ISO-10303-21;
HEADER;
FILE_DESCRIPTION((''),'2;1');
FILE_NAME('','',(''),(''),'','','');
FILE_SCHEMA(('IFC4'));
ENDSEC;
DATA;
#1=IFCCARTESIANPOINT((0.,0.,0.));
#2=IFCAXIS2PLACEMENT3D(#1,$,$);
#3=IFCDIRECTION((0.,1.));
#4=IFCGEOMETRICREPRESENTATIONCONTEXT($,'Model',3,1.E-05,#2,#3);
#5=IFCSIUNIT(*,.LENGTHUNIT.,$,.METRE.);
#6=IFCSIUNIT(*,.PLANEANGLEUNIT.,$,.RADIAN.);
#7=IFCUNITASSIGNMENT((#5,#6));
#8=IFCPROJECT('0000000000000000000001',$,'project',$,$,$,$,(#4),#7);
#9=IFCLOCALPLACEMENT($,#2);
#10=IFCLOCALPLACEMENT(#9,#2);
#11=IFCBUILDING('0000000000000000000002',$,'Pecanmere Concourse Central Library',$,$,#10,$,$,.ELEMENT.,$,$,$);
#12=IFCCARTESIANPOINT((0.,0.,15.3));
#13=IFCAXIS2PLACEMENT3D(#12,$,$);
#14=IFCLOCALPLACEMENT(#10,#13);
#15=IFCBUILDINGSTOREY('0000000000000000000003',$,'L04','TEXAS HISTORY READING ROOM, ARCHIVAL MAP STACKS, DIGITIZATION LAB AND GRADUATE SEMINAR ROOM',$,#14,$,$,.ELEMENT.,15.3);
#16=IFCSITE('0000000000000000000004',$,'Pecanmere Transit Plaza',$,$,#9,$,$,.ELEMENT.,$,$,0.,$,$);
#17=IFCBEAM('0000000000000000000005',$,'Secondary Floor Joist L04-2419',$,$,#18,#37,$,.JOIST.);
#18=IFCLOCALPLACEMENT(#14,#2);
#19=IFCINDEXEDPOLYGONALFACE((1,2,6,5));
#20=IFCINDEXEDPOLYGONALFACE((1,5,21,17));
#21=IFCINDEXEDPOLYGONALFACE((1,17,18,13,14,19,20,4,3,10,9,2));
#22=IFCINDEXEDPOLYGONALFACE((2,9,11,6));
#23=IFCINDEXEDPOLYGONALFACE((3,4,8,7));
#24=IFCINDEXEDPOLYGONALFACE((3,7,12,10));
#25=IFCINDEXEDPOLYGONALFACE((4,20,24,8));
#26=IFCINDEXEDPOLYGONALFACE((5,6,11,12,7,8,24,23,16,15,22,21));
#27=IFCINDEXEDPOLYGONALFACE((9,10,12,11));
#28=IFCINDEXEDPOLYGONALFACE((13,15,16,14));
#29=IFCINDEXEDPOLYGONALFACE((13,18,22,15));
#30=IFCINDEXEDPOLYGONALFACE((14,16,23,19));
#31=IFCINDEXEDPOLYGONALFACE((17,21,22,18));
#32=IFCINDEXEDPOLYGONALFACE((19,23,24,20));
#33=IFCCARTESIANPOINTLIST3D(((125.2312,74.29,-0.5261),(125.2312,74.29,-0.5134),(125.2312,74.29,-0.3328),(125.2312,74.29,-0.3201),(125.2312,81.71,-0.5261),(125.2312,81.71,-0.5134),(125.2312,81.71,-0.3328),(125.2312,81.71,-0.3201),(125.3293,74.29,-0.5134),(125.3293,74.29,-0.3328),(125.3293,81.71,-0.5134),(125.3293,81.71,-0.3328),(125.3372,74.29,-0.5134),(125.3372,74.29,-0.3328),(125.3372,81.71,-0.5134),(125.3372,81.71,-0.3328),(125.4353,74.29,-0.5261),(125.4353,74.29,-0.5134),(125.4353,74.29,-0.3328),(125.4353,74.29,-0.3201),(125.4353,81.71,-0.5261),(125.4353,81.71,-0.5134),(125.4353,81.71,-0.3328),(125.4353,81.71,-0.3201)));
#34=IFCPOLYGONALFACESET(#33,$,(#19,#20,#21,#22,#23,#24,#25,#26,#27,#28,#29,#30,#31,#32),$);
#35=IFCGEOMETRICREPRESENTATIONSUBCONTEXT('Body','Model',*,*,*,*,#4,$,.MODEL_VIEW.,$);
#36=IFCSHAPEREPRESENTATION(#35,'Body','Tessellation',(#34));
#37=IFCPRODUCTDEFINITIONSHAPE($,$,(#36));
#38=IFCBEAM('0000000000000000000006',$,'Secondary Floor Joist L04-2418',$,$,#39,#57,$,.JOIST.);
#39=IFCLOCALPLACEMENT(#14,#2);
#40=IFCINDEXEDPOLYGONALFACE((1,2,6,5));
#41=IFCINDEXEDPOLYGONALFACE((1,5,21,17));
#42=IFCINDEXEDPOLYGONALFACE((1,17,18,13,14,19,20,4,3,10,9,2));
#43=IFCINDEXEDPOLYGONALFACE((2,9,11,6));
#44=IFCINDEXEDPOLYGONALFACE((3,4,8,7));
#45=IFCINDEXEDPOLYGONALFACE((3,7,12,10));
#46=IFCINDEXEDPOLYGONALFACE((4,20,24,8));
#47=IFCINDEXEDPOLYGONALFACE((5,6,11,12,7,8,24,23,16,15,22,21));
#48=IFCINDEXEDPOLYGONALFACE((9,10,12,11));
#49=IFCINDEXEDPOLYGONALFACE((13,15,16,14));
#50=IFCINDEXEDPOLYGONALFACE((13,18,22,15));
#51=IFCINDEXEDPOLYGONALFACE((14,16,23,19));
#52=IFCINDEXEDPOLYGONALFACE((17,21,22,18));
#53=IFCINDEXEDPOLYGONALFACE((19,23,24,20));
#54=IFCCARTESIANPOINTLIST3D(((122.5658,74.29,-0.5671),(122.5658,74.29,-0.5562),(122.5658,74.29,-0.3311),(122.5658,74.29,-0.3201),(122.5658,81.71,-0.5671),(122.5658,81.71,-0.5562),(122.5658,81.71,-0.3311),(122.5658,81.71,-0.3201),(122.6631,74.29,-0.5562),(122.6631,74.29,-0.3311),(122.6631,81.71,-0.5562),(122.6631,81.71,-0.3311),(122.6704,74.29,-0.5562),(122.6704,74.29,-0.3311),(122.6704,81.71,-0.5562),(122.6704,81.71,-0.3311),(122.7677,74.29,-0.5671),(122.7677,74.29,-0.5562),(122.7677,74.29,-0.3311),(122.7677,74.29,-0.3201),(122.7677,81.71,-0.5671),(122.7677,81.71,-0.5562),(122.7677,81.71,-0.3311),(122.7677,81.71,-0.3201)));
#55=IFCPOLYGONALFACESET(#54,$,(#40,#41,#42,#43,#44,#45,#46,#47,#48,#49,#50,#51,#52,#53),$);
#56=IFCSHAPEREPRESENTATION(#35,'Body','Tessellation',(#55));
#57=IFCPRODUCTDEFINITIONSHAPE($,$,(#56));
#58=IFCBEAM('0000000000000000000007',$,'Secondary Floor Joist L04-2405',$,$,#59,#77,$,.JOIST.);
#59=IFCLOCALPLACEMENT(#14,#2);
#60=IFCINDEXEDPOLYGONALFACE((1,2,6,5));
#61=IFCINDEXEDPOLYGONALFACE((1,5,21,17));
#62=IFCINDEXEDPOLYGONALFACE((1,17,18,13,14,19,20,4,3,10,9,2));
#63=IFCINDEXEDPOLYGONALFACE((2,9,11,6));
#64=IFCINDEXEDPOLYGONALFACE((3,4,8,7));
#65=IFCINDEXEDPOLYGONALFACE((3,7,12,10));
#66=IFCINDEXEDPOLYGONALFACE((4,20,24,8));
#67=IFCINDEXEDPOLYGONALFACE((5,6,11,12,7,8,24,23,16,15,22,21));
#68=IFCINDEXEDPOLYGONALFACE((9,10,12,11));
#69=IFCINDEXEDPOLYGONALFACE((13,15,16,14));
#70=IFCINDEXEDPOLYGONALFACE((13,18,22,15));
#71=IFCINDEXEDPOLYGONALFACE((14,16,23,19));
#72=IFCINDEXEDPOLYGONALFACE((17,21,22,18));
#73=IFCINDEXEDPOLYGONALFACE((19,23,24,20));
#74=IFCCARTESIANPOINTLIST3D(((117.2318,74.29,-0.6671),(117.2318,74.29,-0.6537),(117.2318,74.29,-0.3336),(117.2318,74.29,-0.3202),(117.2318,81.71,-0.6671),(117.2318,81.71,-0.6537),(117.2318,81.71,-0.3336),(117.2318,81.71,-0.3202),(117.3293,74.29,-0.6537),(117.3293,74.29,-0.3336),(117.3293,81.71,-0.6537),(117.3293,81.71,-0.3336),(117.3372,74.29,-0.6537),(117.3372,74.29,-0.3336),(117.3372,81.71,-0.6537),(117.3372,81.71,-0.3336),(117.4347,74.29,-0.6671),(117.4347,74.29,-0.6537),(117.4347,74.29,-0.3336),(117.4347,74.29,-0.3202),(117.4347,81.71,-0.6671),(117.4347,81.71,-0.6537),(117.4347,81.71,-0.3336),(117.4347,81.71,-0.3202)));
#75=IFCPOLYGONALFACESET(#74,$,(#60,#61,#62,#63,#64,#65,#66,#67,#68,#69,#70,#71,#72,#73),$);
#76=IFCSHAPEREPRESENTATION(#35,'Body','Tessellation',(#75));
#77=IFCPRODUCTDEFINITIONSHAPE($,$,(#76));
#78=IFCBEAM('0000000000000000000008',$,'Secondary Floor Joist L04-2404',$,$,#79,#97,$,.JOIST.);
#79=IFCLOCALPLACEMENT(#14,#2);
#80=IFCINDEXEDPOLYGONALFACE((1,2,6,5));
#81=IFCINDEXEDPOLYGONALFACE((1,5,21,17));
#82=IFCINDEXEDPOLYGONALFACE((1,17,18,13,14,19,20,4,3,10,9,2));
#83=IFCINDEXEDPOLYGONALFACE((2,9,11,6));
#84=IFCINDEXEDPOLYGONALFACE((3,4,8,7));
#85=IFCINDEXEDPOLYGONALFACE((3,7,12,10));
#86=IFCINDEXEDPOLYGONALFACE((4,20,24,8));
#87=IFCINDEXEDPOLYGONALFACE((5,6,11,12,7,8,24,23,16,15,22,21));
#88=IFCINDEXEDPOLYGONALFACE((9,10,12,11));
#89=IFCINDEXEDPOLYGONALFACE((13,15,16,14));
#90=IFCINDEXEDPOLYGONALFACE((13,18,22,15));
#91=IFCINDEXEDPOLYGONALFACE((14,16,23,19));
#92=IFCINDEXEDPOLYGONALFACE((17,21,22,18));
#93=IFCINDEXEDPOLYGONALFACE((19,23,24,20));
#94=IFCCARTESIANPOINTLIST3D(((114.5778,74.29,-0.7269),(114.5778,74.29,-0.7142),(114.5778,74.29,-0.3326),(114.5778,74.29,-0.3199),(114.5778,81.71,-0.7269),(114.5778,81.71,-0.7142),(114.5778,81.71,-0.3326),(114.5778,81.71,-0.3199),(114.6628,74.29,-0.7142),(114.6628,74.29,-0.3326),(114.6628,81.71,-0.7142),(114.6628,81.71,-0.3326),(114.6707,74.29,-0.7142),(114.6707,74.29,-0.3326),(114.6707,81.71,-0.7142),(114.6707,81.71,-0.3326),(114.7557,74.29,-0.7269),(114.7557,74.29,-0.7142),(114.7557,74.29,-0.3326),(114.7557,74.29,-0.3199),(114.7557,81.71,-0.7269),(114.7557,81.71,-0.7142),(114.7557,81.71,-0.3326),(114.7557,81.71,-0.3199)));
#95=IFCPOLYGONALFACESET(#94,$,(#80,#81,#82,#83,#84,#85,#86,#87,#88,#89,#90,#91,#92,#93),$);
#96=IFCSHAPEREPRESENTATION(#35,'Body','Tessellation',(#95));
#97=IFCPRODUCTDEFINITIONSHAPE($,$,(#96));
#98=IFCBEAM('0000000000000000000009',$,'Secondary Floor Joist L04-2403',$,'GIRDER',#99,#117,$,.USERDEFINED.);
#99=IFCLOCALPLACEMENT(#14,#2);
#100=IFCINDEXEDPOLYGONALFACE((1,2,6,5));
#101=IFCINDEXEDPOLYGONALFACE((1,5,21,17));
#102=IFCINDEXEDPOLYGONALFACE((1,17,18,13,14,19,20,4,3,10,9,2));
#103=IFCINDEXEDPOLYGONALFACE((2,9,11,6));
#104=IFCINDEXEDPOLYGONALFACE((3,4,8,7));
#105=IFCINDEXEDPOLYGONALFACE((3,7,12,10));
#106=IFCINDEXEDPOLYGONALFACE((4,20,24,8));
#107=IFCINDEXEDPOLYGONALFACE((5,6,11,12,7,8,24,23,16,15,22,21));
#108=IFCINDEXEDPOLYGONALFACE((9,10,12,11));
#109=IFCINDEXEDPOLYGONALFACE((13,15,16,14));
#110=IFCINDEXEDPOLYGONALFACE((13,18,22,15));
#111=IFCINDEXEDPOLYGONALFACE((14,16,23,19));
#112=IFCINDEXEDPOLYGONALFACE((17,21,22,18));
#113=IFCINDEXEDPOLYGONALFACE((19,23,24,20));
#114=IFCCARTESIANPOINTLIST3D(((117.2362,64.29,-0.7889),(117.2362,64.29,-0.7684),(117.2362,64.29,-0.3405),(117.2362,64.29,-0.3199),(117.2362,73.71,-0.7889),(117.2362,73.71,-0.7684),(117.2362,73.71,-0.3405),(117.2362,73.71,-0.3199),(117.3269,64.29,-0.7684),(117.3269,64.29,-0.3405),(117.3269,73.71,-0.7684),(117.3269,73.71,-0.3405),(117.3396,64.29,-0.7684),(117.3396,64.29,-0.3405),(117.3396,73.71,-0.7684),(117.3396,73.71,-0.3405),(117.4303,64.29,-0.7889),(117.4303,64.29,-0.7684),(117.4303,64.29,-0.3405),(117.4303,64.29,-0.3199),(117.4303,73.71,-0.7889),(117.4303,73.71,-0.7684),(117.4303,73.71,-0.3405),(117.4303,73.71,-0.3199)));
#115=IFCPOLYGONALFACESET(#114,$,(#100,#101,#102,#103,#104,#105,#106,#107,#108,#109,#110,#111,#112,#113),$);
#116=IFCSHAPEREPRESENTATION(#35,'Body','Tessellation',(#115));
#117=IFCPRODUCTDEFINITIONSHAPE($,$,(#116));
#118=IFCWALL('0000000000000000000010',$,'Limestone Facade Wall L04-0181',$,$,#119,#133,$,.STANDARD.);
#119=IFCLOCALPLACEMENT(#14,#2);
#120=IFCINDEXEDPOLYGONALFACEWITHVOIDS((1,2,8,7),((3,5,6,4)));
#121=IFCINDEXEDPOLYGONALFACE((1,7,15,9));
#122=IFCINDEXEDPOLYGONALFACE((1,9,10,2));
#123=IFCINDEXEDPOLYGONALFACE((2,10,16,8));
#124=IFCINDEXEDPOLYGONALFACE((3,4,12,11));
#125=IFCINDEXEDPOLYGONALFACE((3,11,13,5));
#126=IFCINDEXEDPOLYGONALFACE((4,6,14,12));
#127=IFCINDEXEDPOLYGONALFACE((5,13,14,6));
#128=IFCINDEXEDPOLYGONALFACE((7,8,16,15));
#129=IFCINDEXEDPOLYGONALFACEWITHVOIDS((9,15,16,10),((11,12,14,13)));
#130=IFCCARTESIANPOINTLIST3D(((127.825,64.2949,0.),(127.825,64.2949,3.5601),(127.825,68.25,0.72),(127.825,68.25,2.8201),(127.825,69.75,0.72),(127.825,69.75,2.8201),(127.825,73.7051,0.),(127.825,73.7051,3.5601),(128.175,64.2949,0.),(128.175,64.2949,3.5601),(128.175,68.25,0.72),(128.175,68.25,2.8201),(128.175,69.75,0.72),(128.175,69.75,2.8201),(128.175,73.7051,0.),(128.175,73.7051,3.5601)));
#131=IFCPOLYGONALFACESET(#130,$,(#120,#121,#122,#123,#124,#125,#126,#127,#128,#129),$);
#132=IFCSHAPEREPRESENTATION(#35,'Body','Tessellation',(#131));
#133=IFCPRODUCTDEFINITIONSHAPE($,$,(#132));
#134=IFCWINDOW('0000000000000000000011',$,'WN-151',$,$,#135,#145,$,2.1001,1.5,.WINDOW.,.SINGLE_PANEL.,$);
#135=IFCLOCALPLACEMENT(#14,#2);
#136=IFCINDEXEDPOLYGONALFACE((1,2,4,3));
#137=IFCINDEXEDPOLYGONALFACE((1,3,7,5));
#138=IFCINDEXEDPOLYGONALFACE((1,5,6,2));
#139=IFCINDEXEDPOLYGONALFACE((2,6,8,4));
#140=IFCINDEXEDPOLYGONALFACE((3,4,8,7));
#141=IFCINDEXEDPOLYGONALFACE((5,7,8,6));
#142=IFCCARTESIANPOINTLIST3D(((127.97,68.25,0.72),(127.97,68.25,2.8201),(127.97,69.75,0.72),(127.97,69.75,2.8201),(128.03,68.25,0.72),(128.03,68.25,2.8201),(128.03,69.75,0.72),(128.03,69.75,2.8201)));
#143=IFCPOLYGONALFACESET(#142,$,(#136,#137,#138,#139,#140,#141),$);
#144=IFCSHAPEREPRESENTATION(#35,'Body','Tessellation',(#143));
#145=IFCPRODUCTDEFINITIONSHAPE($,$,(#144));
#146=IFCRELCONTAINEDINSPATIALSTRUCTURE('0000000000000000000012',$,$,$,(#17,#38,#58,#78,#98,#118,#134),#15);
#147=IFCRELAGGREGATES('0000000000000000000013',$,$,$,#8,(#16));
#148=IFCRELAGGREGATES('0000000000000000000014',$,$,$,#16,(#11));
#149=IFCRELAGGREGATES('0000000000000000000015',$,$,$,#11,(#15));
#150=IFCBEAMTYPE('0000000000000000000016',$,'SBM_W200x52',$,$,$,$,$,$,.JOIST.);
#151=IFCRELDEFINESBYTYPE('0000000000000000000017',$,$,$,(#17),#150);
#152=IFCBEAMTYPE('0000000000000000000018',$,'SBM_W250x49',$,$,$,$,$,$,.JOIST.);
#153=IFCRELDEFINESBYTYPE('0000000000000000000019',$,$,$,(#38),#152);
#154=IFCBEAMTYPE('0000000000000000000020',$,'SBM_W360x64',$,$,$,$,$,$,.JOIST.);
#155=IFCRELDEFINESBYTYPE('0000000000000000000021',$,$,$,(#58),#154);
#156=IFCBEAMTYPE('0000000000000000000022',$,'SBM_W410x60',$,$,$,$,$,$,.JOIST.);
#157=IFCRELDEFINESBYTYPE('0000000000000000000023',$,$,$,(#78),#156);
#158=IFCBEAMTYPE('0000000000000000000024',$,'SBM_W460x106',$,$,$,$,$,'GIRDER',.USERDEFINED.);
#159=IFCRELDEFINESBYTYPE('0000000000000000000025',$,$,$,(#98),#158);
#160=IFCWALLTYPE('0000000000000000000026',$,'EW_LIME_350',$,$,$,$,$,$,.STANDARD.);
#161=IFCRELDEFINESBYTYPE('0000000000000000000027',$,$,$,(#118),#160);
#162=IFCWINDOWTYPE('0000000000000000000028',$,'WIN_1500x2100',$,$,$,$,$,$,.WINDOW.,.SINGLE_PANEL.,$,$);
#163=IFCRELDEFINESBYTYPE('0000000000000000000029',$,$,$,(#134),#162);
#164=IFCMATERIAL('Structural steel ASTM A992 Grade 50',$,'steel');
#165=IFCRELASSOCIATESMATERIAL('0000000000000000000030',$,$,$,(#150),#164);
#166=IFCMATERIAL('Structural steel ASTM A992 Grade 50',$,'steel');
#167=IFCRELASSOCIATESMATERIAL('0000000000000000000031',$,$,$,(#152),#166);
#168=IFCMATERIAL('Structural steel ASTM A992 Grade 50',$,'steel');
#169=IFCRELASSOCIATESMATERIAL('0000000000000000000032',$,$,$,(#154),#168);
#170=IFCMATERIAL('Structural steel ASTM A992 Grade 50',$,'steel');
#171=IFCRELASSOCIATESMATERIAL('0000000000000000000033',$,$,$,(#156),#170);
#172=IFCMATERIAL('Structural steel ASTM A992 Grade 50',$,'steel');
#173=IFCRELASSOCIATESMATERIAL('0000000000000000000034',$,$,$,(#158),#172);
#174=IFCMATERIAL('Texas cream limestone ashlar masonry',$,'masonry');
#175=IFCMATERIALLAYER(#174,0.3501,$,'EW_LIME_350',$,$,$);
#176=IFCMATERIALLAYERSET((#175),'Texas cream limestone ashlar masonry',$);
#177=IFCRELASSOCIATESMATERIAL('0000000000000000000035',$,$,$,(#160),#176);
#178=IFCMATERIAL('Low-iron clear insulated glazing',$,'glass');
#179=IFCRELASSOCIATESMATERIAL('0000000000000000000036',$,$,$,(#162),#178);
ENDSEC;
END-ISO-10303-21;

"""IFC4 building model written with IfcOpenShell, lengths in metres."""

from ifc_helpers import new_model, si_unit, direction, frame, frame_2d, origin, origin_2d, place, context, subcontext, project, spatial, rectangle, i_section, extrude, material, layer, layer_set, material_profile, profile_set, type_object, element, fill, save


model = new_model("IFC4")

# Units and contexts
model_context = context("Model", 3, precision=1e-05, world=origin(), true_north=direction((0.0, 1.0)))
body_context = subcontext(model_context, "Body", "Model", "MODEL_VIEW")
ifc_project = project(units=[si_unit("LENGTHUNIT", "METRE"), si_unit("PLANEANGLEUNIT", "RADIAN")], contexts=[model_context])

# Site, building, storey
site_placement = place(None, origin())
site = spatial("IfcSite", under=ifc_project, at=site_placement, Name="Pecanmere Transit Plaza", CompositionType="ELEMENT", RefElevation=0.0)
building_placement = place(site_placement, origin())
building = spatial("IfcBuilding", under=site, at=building_placement, Name="Pecanmere Concourse Central Library", CompositionType="ELEMENT")
storey_placement = place(building_placement, frame((0.0, 0.0, 15.3)))
storey = spatial("IfcBuildingStorey", under=building, at=storey_placement, Name="L04", Description="TEXAS HISTORY READING ROOM, ARCHIVAL MAP STACKS, DIGITIZATION LAB AND GRADUATE SEMINAR ROOM", CompositionType="ELEMENT", Elevation=15.3)

# Beams
ifc_material_1 = material(Name="Structural steel ASTM A992 Grade 50", Category="steel")
ifc_material_profile_1 = material_profile(ifc_material_1, i_section(OverallWidth=0.2041, OverallDepth=0.2061, WebThickness=0.0078, FlangeThickness=0.0127, at=origin_2d()), Name="W200x52")
ifc_profile_set_1 = profile_set([ifc_material_profile_1], Name="Structural steel ASTM A992 Grade 50")
beam_type_1 = type_object("IfcBeamType", Name="SBM_W200x52", PredefinedType="JOIST", material=ifc_profile_set_1)
beam_1_placement = place(storey_placement, frame((125.3333, 74.29, -0.4231), z_axis=(0.0, 1.0, 0.0), x_axis=(-1.0, 0.0, 0.0)))
element("IfcBeam", 1, at=beam_1_placement, inside=storey, type_object=beam_type_1, Name="Secondary Floor Joist L04-2419", PredefinedType="JOIST", context=body_context, shape_type="SweptSolid", body=[
    extrude(i_section(OverallWidth=0.2041, OverallDepth=0.2061, WebThickness=0.0078, FlangeThickness=0.0127, at=origin_2d()), origin(), (0.0, 0.0, 1.0), 7.4199),
])
ifc_material_2 = material(Name="Structural steel ASTM A992 Grade 50", Category="steel")
ifc_material_profile_2 = material_profile(ifc_material_2, i_section(OverallWidth=0.2019, OverallDepth=0.2471, WebThickness=0.0073, FlangeThickness=0.011, at=origin_2d()), Name="W250x49.1")
ifc_profile_set_2 = profile_set([ifc_material_profile_2], Name="Structural steel ASTM A992 Grade 50")
beam_type_2 = type_object("IfcBeamType", Name="SBM_W250x49", PredefinedType="JOIST", material=ifc_profile_set_2)
beam_2_placement = place(storey_placement, frame((122.6667, 74.29, -0.4436), z_axis=(0.0, 1.0, 0.0), x_axis=(-1.0, 0.0, 0.0)))
element("IfcBeam", 2, at=beam_2_placement, inside=storey, type_object=beam_type_2, Name="Secondary Floor Joist L04-2418", PredefinedType="JOIST", context=body_context, shape_type="SweptSolid", body=[
    extrude(i_section(OverallWidth=0.2019, OverallDepth=0.2471, WebThickness=0.0073, FlangeThickness=0.011, at=origin_2d()), origin(), (0.0, 0.0, 1.0), 7.4199),
])
ifc_material_3 = material(Name="Structural steel ASTM A992 Grade 50", Category="steel")
ifc_material_profile_3 = material_profile(ifc_material_3, i_section(OverallWidth=0.2029, OverallDepth=0.3469, WebThickness=0.0078, FlangeThickness=0.0134, at=origin_2d()), Name="W360x64")
ifc_profile_set_3 = profile_set([ifc_material_profile_3], Name="Structural steel ASTM A992 Grade 50")
beam_type_3 = type_object("IfcBeamType", Name="SBM_W360x64", PredefinedType="JOIST", material=ifc_profile_set_3)
beam_3_placement = place(storey_placement, frame((117.3333, 74.29, -0.4937), z_axis=(0.0, 1.0, 0.0), x_axis=(-1.0, 0.0, 0.0)))
element("IfcBeam", 3, at=beam_3_placement, inside=storey, type_object=beam_type_3, Name="Secondary Floor Joist L04-2405", PredefinedType="JOIST", context=body_context, shape_type="SweptSolid", body=[
    extrude(i_section(OverallWidth=0.2029, OverallDepth=0.3469, WebThickness=0.0078, FlangeThickness=0.0134, at=origin_2d()), origin(), (0.0, 0.0, 1.0), 7.4199),
])
ifc_material_4 = material(Name="Structural steel ASTM A992 Grade 50", Category="steel")
ifc_material_profile_4 = material_profile(ifc_material_4, i_section(OverallWidth=0.178, OverallDepth=0.407, WebThickness=0.0078, FlangeThickness=0.0127, at=origin_2d()), Name="W410x60")
ifc_profile_set_4 = profile_set([ifc_material_profile_4], Name="Structural steel ASTM A992 Grade 50")
beam_type_4 = type_object("IfcBeamType", Name="SBM_W410x60", PredefinedType="JOIST", material=ifc_profile_set_4)
beam_4_placement = place(storey_placement, frame((114.6667, 74.29, -0.5234), z_axis=(0.0, 1.0, 0.0), x_axis=(-1.0, 0.0, 0.0)))
element("IfcBeam", 4, at=beam_4_placement, inside=storey, type_object=beam_type_4, Name="Secondary Floor Joist L04-2404", PredefinedType="JOIST", context=body_context, shape_type="SweptSolid", body=[
    extrude(i_section(OverallWidth=0.178, OverallDepth=0.407, WebThickness=0.0078, FlangeThickness=0.0127, at=origin_2d()), origin(), (0.0, 0.0, 1.0), 7.4199),
])
ifc_material_5 = material(Name="Structural steel ASTM A992 Grade 50", Category="steel")
ifc_material_profile_5 = material_profile(ifc_material_5, i_section(OverallWidth=0.1941, OverallDepth=0.469, WebThickness=0.0127, FlangeThickness=0.0205, at=origin_2d()), Name="W460x106")
ifc_profile_set_5 = profile_set([ifc_material_profile_5], Name="Structural steel ASTM A992 Grade 50")
beam_type_5 = type_object("IfcBeamType", Name="SBM_W460x106", ElementType="GIRDER", PredefinedType="USERDEFINED", material=ifc_profile_set_5)
beam_5_placement = place(storey_placement, frame((117.3333, 64.29, -0.5544), z_axis=(0.0, 1.0, 0.0), x_axis=(-1.0, 0.0, 0.0)))
element("IfcBeam", 5, at=beam_5_placement, inside=storey, type_object=beam_type_5, Name="Secondary Floor Joist L04-2403", ObjectType="GIRDER", PredefinedType="USERDEFINED", context=body_context, shape_type="SweptSolid", body=[
    extrude(i_section(OverallWidth=0.1941, OverallDepth=0.469, WebThickness=0.0127, FlangeThickness=0.0205, at=origin_2d()), origin(), (0.0, 0.0, 1.0), 9.4199),
])

# Wall, opening, window
ifc_material_6 = material(Name="Texas cream limestone ashlar masonry", Category="masonry")
ifc_layer_1 = layer(ifc_material_6, 0.3501, Name="EW_LIME_350")
ifc_layer_set_1 = layer_set([ifc_layer_1], Name="Texas cream limestone ashlar masonry")
wall_type_1 = type_object("IfcWallType", Name="EW_LIME_350", PredefinedType="STANDARD", material=ifc_layer_set_1)
wall_1_placement = place(storey_placement, frame((128.0, 64.2949, 0.0), z_axis=(0.0, 0.0, 1.0), x_axis=(0.0, 1.0, 0.0)))
wall_1 = element("IfcWall", 6, at=wall_1_placement, inside=storey, type_object=wall_type_1, Name="Limestone Facade Wall L04-0181", PredefinedType="STANDARD", context=body_context, shape_type="SweptSolid", body=[
    extrude(rectangle(XDim=9.4102, YDim=0.3501, at=frame_2d((4.7051, 0.0))), origin(), (0.0, 0.0, 1.0), 3.5601),
])
opening_1_placement = place(wall_1_placement, frame((3.9551, 0.0, 0.72)))
opening_1 = element("IfcOpeningElement", 7, at=opening_1_placement, cuts=wall_1, PredefinedType="OPENING", context=body_context, shape_type="SweptSolid", body=[
    extrude(rectangle(XDim=1.5, YDim=2.1001, at=frame_2d((0.75, 1.05))), frame((0.0, 0.187, 0.0), z_axis=(0.0, -1.0, 0.0), x_axis=(1.0, 0.0, 0.0)), (0.0, 0.0, 1.0), 0.374),
])
ifc_material_7 = material(Name="Low-iron clear insulated glazing", Category="glass")
window_type_1 = type_object("IfcWindowType", Name="WIN_1500x2100", PartitioningType="SINGLE_PANEL", PredefinedType="WINDOW", material=ifc_material_7)
window_1_placement = place(opening_1_placement, origin())
window_1 = element("IfcWindow", 8, at=window_1_placement, inside=storey, type_object=window_type_1, Name="WN-151", OverallHeight=2.1001, OverallWidth=1.5, PartitioningType="SINGLE_PANEL", PredefinedType="WINDOW", context=body_context, shape_type="SweptSolid", body=[
    extrude(rectangle(XDim=1.5, YDim=2.1001, at=frame_2d((0.75, 1.05))), frame((0.0, 0.03, 0.0), z_axis=(0.0, -1.0, 0.0), x_axis=(1.0, 0.0, 0.0)), (0.0, 0.0, 1.0), 0.0601),
])
fill(opening_1, window_1)

save(model, "model.ifc")
